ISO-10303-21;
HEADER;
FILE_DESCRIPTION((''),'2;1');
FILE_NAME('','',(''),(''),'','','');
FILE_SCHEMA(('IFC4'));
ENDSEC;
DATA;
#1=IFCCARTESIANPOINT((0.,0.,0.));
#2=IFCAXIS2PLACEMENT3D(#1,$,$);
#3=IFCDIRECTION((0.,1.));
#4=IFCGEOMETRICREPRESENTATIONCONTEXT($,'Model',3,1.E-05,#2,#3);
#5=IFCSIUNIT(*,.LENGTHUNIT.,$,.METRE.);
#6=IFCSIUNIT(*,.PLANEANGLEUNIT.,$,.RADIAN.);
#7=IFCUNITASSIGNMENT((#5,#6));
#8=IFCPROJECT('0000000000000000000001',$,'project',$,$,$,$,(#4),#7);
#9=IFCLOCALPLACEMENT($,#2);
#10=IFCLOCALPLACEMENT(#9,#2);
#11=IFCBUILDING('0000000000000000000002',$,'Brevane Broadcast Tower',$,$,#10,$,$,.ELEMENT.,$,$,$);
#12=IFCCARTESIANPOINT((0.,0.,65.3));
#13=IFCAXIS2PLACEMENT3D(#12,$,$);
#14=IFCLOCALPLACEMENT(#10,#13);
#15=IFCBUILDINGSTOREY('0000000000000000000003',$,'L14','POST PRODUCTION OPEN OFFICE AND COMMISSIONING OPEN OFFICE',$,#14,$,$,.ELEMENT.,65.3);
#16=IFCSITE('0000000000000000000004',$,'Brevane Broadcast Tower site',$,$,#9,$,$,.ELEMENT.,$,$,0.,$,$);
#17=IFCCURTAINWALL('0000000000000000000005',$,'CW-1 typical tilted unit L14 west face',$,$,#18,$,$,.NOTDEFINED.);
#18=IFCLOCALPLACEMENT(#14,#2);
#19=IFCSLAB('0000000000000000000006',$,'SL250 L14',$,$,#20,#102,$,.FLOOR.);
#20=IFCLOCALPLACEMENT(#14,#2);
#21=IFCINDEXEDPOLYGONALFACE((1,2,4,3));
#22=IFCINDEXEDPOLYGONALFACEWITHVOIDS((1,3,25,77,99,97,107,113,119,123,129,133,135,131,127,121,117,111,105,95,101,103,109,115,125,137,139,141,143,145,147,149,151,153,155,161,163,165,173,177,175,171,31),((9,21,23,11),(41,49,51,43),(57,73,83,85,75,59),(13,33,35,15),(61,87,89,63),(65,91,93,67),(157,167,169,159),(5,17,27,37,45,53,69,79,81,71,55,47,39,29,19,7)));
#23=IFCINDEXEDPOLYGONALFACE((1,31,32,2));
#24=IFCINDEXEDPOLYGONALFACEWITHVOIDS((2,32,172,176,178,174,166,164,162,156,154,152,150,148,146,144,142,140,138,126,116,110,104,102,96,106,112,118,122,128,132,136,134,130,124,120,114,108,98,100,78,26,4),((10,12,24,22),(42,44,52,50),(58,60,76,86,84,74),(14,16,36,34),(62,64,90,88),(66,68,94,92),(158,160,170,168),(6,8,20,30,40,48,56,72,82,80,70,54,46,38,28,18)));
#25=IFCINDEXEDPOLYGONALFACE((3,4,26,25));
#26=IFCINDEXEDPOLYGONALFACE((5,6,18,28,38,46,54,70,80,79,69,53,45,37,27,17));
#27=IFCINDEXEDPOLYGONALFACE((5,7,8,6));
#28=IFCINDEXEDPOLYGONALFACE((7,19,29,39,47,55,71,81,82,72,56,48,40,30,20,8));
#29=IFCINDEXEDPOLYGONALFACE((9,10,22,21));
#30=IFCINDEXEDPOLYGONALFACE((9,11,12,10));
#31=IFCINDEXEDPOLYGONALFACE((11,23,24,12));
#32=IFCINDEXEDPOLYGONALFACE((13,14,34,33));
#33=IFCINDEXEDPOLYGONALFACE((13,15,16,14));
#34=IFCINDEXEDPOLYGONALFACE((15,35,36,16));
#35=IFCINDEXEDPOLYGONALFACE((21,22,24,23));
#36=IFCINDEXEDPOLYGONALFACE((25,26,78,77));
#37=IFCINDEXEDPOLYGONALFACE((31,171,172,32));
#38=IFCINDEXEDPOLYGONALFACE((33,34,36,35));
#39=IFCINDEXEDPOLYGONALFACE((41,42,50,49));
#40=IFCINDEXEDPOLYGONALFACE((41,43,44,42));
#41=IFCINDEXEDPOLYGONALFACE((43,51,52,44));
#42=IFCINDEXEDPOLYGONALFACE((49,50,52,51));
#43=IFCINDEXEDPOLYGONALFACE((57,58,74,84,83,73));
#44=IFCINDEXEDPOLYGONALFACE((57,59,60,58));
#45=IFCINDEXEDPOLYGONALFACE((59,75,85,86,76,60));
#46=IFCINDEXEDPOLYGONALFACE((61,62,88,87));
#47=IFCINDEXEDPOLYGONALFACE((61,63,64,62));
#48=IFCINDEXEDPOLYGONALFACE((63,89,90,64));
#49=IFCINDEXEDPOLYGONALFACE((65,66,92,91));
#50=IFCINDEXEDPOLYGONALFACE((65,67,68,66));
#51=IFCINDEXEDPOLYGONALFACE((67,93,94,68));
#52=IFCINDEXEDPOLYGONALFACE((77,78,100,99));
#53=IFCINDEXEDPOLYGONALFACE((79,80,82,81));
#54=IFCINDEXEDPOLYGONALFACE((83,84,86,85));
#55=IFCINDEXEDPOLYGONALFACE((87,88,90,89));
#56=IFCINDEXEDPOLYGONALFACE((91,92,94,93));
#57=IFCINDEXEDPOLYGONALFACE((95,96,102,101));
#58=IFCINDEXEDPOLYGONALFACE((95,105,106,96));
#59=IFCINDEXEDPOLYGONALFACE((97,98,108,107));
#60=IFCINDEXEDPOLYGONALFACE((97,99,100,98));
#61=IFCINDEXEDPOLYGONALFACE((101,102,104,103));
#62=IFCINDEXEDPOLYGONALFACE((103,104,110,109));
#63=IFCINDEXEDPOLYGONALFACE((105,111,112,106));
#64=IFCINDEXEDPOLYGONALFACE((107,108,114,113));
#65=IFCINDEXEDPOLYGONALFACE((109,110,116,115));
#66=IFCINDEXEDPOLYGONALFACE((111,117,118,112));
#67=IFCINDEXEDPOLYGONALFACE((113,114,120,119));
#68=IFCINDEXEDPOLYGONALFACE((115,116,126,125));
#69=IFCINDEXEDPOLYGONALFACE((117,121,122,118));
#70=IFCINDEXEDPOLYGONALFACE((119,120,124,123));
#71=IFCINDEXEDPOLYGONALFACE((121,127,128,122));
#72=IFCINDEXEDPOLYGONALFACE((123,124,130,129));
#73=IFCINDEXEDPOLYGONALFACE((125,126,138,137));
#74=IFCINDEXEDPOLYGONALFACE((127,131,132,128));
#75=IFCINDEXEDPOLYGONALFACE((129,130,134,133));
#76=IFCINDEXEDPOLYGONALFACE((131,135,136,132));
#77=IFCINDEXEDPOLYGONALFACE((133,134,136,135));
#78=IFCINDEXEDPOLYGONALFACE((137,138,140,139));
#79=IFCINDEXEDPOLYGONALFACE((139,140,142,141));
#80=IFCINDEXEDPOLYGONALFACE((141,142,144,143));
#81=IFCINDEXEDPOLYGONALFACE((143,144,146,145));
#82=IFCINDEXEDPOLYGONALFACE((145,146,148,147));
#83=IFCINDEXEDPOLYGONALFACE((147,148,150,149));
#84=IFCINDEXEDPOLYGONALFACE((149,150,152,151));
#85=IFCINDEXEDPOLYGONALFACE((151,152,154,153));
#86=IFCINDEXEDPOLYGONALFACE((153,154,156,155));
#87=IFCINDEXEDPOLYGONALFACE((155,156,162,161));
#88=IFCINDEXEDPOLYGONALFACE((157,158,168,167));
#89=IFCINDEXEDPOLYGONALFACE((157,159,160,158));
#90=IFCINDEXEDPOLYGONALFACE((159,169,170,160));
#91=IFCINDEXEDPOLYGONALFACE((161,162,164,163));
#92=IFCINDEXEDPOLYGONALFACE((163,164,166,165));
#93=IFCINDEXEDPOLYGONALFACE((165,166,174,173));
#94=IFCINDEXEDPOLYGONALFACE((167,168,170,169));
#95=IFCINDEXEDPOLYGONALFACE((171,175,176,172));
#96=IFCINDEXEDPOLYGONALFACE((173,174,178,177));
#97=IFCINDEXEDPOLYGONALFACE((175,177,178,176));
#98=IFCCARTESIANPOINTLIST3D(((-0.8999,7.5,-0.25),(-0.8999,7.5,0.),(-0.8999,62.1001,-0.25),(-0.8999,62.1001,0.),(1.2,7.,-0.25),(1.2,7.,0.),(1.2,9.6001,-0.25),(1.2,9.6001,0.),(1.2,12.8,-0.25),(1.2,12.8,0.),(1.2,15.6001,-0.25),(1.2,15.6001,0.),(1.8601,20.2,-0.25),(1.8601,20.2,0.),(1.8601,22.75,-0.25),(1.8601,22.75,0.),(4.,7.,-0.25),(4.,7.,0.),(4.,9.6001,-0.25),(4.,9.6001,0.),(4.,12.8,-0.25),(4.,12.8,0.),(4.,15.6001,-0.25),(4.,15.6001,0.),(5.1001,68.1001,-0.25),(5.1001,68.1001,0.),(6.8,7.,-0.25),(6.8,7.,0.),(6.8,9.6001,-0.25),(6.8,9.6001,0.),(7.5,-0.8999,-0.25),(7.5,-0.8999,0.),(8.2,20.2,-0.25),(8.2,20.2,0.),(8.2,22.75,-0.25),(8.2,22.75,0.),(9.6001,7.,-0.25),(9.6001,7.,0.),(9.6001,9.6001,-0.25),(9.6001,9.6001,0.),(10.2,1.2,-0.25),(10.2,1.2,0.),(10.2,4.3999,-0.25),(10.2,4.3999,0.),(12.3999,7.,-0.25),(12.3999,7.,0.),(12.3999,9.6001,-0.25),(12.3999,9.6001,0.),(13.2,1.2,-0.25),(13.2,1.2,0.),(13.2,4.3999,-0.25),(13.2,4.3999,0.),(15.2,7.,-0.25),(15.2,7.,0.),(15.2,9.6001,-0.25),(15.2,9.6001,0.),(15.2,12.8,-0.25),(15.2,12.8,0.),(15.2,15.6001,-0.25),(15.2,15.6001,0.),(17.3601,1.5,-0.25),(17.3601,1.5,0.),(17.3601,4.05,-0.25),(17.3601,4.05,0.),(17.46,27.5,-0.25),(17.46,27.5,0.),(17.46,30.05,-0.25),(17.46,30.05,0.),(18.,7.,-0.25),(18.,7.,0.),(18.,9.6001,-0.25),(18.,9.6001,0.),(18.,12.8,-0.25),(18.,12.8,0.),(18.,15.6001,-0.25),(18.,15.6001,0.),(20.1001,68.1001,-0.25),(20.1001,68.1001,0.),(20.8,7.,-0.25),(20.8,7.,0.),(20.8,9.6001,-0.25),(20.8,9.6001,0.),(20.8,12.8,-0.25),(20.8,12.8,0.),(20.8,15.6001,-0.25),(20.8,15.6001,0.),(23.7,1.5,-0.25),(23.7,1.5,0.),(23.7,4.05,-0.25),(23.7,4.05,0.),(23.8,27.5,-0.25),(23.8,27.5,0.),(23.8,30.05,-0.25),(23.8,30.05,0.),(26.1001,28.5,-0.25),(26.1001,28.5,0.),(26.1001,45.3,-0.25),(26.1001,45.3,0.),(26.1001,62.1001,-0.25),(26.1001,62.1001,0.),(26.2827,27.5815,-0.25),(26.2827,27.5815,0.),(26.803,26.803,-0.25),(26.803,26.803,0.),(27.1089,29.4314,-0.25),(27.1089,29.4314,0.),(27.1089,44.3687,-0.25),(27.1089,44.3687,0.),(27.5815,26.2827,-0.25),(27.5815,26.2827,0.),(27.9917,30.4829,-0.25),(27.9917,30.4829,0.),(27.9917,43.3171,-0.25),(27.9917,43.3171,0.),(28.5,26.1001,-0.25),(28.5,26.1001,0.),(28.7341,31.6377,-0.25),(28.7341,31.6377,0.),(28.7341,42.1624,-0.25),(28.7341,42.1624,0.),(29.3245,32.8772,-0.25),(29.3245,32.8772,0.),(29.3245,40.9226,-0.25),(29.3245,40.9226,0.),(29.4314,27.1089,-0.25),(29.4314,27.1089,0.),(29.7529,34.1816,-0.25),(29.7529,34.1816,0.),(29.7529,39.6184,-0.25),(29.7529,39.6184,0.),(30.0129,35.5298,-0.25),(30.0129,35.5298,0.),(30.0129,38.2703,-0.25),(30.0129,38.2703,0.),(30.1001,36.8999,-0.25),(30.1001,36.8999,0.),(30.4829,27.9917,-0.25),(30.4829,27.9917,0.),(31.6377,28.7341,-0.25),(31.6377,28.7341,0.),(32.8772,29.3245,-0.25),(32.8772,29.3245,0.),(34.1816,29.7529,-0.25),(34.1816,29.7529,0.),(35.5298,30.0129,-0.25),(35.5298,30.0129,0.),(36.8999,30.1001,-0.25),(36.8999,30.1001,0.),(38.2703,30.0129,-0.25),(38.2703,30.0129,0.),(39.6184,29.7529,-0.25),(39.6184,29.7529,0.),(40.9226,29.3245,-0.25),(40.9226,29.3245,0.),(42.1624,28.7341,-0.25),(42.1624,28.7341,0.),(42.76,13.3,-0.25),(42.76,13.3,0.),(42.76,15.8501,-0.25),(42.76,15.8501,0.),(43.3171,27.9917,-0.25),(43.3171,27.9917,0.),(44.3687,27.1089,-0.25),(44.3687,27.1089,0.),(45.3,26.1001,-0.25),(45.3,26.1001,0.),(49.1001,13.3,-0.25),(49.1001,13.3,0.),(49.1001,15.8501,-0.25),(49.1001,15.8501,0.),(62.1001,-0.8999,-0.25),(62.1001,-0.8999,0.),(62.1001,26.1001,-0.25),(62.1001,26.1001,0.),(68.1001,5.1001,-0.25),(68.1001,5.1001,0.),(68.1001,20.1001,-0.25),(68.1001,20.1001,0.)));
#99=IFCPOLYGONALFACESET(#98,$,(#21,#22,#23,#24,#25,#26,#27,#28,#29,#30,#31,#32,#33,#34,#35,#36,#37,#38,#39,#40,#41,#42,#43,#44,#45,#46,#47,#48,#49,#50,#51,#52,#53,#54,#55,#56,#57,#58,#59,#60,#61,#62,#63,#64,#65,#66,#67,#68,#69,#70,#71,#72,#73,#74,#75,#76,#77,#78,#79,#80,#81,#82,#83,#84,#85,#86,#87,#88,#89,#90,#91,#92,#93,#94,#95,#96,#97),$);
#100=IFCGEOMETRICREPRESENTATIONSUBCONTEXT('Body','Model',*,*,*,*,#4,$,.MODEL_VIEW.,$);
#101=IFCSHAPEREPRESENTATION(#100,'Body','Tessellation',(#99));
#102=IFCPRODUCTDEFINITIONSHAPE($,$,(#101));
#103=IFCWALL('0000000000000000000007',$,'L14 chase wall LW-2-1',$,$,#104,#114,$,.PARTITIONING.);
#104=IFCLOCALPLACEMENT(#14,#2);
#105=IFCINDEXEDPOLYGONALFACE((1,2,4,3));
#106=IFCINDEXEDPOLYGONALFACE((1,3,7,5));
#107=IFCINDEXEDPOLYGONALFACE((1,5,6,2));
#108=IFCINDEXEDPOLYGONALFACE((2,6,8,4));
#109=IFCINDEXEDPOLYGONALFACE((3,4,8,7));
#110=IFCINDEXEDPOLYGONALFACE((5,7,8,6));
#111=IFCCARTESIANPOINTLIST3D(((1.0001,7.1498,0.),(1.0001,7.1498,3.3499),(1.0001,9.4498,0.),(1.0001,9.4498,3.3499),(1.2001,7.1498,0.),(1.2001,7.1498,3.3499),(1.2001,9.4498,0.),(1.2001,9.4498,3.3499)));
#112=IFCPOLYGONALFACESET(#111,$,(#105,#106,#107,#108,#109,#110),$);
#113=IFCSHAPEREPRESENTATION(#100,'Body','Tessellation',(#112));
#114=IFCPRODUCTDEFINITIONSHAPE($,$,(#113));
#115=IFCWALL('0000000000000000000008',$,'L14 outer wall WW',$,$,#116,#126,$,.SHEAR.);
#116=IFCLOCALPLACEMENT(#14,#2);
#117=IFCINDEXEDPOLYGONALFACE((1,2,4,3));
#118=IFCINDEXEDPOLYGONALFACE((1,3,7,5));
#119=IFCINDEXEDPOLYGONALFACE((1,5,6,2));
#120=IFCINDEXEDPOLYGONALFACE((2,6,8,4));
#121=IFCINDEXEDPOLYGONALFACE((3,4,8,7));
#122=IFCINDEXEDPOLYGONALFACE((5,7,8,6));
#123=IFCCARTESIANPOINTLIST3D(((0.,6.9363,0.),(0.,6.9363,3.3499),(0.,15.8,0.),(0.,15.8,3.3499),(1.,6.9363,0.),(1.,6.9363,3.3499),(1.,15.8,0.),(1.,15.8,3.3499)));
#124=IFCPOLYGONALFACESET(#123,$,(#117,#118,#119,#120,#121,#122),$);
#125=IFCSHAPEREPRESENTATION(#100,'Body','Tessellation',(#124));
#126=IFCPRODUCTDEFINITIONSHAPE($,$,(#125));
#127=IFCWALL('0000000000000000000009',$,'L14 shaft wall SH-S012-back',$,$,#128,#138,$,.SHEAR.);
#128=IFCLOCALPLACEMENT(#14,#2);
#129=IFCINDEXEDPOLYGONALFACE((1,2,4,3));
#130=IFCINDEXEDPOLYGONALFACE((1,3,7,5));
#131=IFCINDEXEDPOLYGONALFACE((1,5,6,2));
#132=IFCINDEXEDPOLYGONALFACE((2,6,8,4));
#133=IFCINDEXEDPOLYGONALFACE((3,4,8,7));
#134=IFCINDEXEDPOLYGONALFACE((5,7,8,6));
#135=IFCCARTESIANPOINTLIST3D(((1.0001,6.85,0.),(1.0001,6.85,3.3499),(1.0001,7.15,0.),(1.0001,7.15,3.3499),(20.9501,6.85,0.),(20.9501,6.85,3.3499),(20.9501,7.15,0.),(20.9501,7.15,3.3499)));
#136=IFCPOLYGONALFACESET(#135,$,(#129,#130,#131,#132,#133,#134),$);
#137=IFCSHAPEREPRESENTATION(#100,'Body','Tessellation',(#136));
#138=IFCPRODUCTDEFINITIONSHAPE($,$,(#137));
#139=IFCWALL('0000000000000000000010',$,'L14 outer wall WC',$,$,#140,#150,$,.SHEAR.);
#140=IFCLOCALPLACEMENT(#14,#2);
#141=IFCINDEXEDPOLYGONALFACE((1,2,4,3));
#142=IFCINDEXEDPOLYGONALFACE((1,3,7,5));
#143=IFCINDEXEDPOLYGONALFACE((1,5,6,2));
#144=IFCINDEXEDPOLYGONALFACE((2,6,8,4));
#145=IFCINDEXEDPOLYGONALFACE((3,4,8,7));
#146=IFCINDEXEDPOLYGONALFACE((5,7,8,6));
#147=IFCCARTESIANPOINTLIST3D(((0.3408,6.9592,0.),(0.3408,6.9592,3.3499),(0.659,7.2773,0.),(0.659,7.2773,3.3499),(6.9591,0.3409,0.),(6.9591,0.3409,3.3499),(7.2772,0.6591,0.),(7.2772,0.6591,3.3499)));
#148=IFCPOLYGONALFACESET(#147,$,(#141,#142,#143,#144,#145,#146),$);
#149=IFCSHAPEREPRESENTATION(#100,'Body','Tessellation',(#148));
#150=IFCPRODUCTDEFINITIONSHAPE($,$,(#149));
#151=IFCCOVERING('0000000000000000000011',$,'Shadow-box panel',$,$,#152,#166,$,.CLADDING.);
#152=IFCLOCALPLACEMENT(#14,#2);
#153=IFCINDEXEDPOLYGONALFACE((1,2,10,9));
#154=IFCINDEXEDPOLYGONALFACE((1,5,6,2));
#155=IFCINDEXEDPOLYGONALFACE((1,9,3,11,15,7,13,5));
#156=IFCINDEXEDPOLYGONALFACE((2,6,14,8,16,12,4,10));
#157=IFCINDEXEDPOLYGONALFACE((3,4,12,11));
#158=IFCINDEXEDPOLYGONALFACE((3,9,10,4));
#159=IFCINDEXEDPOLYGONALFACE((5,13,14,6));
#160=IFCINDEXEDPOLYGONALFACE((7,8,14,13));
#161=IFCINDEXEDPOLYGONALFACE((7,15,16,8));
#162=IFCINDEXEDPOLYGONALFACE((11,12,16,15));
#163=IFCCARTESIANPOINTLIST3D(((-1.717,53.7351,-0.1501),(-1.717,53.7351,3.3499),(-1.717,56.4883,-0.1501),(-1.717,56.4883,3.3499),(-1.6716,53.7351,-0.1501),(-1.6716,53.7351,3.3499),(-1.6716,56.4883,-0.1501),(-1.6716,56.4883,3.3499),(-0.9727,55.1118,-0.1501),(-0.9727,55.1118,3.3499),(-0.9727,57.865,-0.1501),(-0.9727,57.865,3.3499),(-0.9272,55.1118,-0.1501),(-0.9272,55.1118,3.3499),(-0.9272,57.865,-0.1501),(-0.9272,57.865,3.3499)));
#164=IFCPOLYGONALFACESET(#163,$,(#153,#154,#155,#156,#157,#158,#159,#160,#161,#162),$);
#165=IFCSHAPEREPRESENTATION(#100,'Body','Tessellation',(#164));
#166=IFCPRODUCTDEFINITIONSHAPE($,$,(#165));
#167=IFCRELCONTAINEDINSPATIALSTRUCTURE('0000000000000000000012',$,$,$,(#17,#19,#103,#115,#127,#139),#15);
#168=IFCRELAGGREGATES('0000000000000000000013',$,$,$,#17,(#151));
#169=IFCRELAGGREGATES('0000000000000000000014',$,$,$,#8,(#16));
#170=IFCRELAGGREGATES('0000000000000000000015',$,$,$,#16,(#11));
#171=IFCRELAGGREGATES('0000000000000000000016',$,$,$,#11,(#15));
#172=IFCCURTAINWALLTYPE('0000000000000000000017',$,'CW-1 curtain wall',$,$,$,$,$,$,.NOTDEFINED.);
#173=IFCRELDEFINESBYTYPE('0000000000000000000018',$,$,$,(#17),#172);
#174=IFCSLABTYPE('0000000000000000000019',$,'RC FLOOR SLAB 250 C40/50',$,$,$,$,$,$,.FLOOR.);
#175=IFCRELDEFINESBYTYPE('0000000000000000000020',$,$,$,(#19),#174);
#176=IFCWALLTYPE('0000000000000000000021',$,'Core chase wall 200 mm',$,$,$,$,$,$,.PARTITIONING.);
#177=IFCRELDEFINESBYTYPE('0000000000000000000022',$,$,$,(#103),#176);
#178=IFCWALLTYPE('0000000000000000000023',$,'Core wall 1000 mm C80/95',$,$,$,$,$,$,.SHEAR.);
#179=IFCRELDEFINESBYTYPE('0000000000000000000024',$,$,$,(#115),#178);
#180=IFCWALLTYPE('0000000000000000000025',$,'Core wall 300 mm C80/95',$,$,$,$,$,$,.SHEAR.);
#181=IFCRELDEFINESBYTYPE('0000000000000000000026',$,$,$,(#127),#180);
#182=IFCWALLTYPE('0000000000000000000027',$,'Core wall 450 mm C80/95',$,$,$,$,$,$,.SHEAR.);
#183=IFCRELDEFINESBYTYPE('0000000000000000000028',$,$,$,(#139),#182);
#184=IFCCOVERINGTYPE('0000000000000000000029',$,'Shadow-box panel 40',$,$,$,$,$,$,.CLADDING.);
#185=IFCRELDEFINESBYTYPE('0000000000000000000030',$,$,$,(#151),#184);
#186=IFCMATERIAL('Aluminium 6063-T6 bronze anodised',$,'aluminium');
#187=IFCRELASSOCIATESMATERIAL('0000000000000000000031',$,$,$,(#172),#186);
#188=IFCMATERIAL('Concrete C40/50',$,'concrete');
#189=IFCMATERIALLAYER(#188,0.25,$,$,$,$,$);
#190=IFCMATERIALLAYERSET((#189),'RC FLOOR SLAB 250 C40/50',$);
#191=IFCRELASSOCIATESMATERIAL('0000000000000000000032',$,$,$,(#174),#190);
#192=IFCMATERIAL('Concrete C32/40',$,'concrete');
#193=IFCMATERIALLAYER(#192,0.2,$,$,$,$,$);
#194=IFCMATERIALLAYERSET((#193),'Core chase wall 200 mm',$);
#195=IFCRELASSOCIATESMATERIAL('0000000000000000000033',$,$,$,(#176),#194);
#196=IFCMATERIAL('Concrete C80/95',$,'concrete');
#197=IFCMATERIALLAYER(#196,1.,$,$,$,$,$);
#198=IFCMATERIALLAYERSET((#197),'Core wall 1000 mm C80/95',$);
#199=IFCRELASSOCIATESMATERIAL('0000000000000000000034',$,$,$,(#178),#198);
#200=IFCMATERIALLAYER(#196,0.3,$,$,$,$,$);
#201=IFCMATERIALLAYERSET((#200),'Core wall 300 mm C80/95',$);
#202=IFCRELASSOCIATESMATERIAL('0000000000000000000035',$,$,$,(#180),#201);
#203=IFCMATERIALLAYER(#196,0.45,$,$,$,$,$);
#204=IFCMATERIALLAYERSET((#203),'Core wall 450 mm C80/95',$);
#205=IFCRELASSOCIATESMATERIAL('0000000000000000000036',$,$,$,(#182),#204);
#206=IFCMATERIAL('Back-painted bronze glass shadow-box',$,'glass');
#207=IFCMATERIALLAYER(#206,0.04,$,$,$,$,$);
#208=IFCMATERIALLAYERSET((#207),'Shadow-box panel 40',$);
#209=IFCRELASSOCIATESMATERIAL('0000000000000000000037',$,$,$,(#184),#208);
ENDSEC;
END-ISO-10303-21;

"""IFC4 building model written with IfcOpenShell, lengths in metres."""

from ifc_helpers import new_model, si_unit, direction, frame, frame_2d, origin, place, context, subcontext, project, spatial, polyline, rectangle, outline, extrude, material, layer, layer_set, type_object, element, aggregate, save


model = new_model("IFC4")

# Units and contexts
model_context = context("Model", 3, precision=1e-05, world=origin(), true_north=direction((0.0, 1.0)))
body_context = subcontext(model_context, "Body", "Model", "MODEL_VIEW")
ifc_project = project(units=[si_unit("LENGTHUNIT", "METRE"), si_unit("PLANEANGLEUNIT", "RADIAN")], contexts=[model_context])

# Site, building, storey
site_placement = place(None, origin())
site = spatial("IfcSite", under=ifc_project, at=site_placement, Name="Brevane Broadcast Tower site", CompositionType="ELEMENT", RefElevation=0.0)
building_placement = place(site_placement, origin())
building = spatial("IfcBuilding", under=site, at=building_placement, Name="Brevane Broadcast Tower", CompositionType="ELEMENT")
storey_placement = place(building_placement, frame((0.0, 0.0, 65.3)))
storey = spatial("IfcBuildingStorey", under=building, at=storey_placement, Name="L14", Description="POST PRODUCTION OPEN OFFICE AND COMMISSIONING OPEN OFFICE", CompositionType="ELEMENT", Elevation=65.3)

# Curtain wall
ifc_material_1 = material(Name="Aluminium 6063-T6 bronze anodised", Category="aluminium")
curtain_wall_type = type_object("IfcCurtainWallType", Name="CW-1 curtain wall", PredefinedType="NOTDEFINED", material=ifc_material_1)
curtain_wall_1_placement = place(storey_placement, origin())
curtain_wall_1 = element("IfcCurtainWall", 1, at=curtain_wall_1_placement, inside=storey, type_object=curtain_wall_type, Name="CW-1 typical tilted unit L14 west face", PredefinedType="NOTDEFINED")

# Slab
ifc_material_2 = material(Name="Concrete C40/50", Category="concrete")
ifc_layer_1 = layer(ifc_material_2, 0.25)
ifc_layer_set_1 = layer_set([ifc_layer_1], Name="RC FLOOR SLAB 250 C40/50")
slab_type_1 = type_object("IfcSlabType", Name="RC FLOOR SLAB 250 C40/50", PredefinedType="FLOOR", material=ifc_layer_set_1)
slab_1_placement = place(storey_placement, frame((0.0, 0.0, -0.25)))
element("IfcSlab", 2, at=slab_1_placement, inside=storey, type_object=slab_type_1, Name="SL250 L14", PredefinedType="FLOOR", context=body_context, shape_type="SweptSolid", body=[
    extrude(outline(polyline([(-0.8999, 7.5), (-0.8999, 62.1001), (5.1001, 68.1001), (20.1001, 68.1001), (26.1001, 62.1001), (26.1001, 45.3), (27.1089, 44.3687), (27.9917, 43.3171), (28.7341, 42.1624), (29.3245, 40.9226), (29.7529, 39.6184), (30.0129, 38.2703), (30.1001, 36.8999), (30.0129, 35.5298), (29.7529, 34.1816), (29.3245, 32.8772), (28.7341, 31.6377), (27.9917, 30.4829), (27.1089, 29.4314), (26.1001, 28.5), (26.2827, 27.5815), (26.803, 26.803), (27.5815, 26.2827), (28.5, 26.1001), (29.4314, 27.1089), (30.4829, 27.9917), (31.6377, 28.7341), (32.8772, 29.3245), (34.1816, 29.7529), (35.5298, 30.0129), (36.8999, 30.1001), (38.2703, 30.0129), (39.6184, 29.7529), (40.9226, 29.3245), (42.1624, 28.7341), (43.3171, 27.9917), (44.3687, 27.1089), (45.3, 26.1001), (62.1001, 26.1001), (68.1001, 20.1001), (68.1001, 5.1001), (62.1001, -0.8999), (7.5, -0.8999), (-0.8999, 7.5)]), holes=[polyline([(13.2, 4.3999), (10.2, 4.3999), (10.2, 1.2), (13.2, 1.2), (13.2, 4.3999)]), polyline([(4.0, 9.6001), (1.2, 9.6001), (1.2, 7.0), (4.0, 7.0), (6.8, 7.0), (9.6001, 7.0), (12.3999, 7.0), (15.2, 7.0), (18.0, 7.0), (20.8, 7.0), (20.8, 9.6001), (18.0, 9.6001), (15.2, 9.6001), (12.3999, 9.6001), (9.6001, 9.6001), (6.8, 9.6001), (4.0, 9.6001)]), polyline([(4.0, 12.8), (4.0, 15.6001), (1.2, 15.6001), (1.2, 12.8), (4.0, 12.8)]), polyline([(8.2, 22.75), (1.8601, 22.75), (1.8601, 20.2), (8.2, 20.2), (8.2, 22.75)]), polyline([(23.7, 4.05), (17.3601, 4.05), (17.3601, 1.5), (23.7, 1.5), (23.7, 4.05)]), polyline([(18.0, 15.6001), (15.2, 15.6001), (15.2, 12.8), (18.0, 12.8), (20.8, 12.8), (20.8, 15.6001), (18.0, 15.6001)]), polyline([(49.1001, 15.8501), (42.76, 15.8501), (42.76, 13.3), (49.1001, 13.3), (49.1001, 15.8501)]), polyline([(23.8, 30.05), (17.46, 30.05), (17.46, 27.5), (23.8, 27.5), (23.8, 30.05)])]), origin(), (0.0, 0.0, 1.0), 0.25),
])

# Walls
ifc_material_3 = material(Name="Concrete C32/40", Category="concrete")
ifc_layer_2 = layer(ifc_material_3, 0.2)
ifc_layer_set_2 = layer_set([ifc_layer_2], Name="Core chase wall 200 mm")
wall_type_1 = type_object("IfcWallType", Name="Core chase wall 200 mm", PredefinedType="PARTITIONING", material=ifc_layer_set_2)
wall_1_placement = place(storey_placement, frame((1.1001, 7.1499, 0.0), z_axis=(0.0, 0.0, 1.0), x_axis=(0.0, 1.0, 0.0)))
element("IfcWall", 3, at=wall_1_placement, inside=storey, type_object=wall_type_1, Name="L14 chase wall LW-2-1", PredefinedType="PARTITIONING", context=body_context, shape_type="SweptSolid", body=[
    extrude(rectangle(XDim=2.3, YDim=0.2, at=frame_2d((1.1499, 0.0))), origin(), (0.0, 0.0, 1.0), 3.3499),
])
ifc_material_4 = material(Name="Concrete C80/95", Category="concrete")
ifc_layer_3 = layer(ifc_material_4, 1.0)
ifc_layer_set_3 = layer_set([ifc_layer_3], Name="Core wall 1000 mm C80/95")
wall_type_2 = type_object("IfcWallType", Name="Core wall 1000 mm C80/95", PredefinedType="SHEAR", material=ifc_layer_set_3)
wall_2_placement = place(storey_placement, frame((0.5, 6.9363, 0.0), z_axis=(0.0, 0.0, 1.0), x_axis=(0.0, 1.0, 0.0)))
element("IfcWall", 4, at=wall_2_placement, inside=storey, type_object=wall_type_2, Name="L14 outer wall WW", PredefinedType="SHEAR", context=body_context, shape_type="SweptSolid", body=[
    extrude(rectangle(XDim=8.8638, YDim=1.0, at=frame_2d((4.4319, 0.0))), origin(), (0.0, 0.0, 1.0), 3.3499),
])
ifc_layer_4 = layer(ifc_material_4, 0.3)
ifc_layer_set_4 = layer_set([ifc_layer_4], Name="Core wall 300 mm C80/95")
wall_type_3 = type_object("IfcWallType", Name="Core wall 300 mm C80/95", PredefinedType="SHEAR", material=ifc_layer_set_4)
wall_3_placement = place(storey_placement, frame((1.0, 7.0, 0.0), z_axis=(0.0, 0.0, 1.0), x_axis=(1.0, 0.0, 0.0)))
element("IfcWall", 5, at=wall_3_placement, inside=storey, type_object=wall_type_3, Name="L14 shaft wall SH-S012-back", PredefinedType="SHEAR", context=body_context, shape_type="SweptSolid", body=[
    extrude(rectangle(XDim=19.95, YDim=0.3, at=frame_2d((9.9751, 0.0))), origin(), (0.0, 0.0, 1.0), 3.3499),
])
ifc_layer_5 = layer(ifc_material_4, 0.45)
ifc_layer_set_5 = layer_set([ifc_layer_5], Name="Core wall 450 mm C80/95")
wall_type_4 = type_object("IfcWallType", Name="Core wall 450 mm C80/95", PredefinedType="SHEAR", material=ifc_layer_set_5)
wall_4_placement = place(storey_placement, frame((0.5, 7.1182, 0.0), z_axis=(0.0, 0.0, 1.0), x_axis=(0.707107, -0.707107, 0.0)))
element("IfcWall", 6, at=wall_4_placement, inside=storey, type_object=wall_type_4, Name="L14 outer wall WC", PredefinedType="SHEAR", context=body_context, shape_type="SweptSolid", body=[
    extrude(rectangle(XDim=9.3596, YDim=0.45, at=frame_2d((4.6797, 0.0))), origin(), (0.0, 0.0, 1.0), 3.3499),
])

# Covering
ifc_material_5 = material(Name="Back-painted bronze glass shadow-box", Category="glass")
ifc_layer_6 = layer(ifc_material_5, 0.04)
ifc_layer_set_6 = layer_set([ifc_layer_6], Name="Shadow-box panel 40")
covering_type = type_object("IfcCoveringType", Name="Shadow-box panel 40", PredefinedType="CLADDING", material=ifc_layer_set_6)
covering_1_placement = place(storey_placement, frame((0.0, 0.0, -0.1501)))
covering_1 = element("IfcCovering", 7, at=covering_1_placement, type_object=covering_type, Name="Shadow-box panel", PredefinedType="CLADDING", context=body_context, shape_type="SweptSolid", body=[
    extrude(outline(polyline([(-0.9272, 57.865), (-0.9727, 57.865), (-1.717, 56.4883), (-0.9727, 55.1118), (-1.717, 53.7351), (-1.6716, 53.7351), (-0.9272, 55.1118), (-1.6716, 56.4883), (-0.9272, 57.865)])), origin(), (0.0, 0.0, 1.0), 3.5),
])
aggregate(curtain_wall_1, [covering_1])

save(model, "model.ifc")
